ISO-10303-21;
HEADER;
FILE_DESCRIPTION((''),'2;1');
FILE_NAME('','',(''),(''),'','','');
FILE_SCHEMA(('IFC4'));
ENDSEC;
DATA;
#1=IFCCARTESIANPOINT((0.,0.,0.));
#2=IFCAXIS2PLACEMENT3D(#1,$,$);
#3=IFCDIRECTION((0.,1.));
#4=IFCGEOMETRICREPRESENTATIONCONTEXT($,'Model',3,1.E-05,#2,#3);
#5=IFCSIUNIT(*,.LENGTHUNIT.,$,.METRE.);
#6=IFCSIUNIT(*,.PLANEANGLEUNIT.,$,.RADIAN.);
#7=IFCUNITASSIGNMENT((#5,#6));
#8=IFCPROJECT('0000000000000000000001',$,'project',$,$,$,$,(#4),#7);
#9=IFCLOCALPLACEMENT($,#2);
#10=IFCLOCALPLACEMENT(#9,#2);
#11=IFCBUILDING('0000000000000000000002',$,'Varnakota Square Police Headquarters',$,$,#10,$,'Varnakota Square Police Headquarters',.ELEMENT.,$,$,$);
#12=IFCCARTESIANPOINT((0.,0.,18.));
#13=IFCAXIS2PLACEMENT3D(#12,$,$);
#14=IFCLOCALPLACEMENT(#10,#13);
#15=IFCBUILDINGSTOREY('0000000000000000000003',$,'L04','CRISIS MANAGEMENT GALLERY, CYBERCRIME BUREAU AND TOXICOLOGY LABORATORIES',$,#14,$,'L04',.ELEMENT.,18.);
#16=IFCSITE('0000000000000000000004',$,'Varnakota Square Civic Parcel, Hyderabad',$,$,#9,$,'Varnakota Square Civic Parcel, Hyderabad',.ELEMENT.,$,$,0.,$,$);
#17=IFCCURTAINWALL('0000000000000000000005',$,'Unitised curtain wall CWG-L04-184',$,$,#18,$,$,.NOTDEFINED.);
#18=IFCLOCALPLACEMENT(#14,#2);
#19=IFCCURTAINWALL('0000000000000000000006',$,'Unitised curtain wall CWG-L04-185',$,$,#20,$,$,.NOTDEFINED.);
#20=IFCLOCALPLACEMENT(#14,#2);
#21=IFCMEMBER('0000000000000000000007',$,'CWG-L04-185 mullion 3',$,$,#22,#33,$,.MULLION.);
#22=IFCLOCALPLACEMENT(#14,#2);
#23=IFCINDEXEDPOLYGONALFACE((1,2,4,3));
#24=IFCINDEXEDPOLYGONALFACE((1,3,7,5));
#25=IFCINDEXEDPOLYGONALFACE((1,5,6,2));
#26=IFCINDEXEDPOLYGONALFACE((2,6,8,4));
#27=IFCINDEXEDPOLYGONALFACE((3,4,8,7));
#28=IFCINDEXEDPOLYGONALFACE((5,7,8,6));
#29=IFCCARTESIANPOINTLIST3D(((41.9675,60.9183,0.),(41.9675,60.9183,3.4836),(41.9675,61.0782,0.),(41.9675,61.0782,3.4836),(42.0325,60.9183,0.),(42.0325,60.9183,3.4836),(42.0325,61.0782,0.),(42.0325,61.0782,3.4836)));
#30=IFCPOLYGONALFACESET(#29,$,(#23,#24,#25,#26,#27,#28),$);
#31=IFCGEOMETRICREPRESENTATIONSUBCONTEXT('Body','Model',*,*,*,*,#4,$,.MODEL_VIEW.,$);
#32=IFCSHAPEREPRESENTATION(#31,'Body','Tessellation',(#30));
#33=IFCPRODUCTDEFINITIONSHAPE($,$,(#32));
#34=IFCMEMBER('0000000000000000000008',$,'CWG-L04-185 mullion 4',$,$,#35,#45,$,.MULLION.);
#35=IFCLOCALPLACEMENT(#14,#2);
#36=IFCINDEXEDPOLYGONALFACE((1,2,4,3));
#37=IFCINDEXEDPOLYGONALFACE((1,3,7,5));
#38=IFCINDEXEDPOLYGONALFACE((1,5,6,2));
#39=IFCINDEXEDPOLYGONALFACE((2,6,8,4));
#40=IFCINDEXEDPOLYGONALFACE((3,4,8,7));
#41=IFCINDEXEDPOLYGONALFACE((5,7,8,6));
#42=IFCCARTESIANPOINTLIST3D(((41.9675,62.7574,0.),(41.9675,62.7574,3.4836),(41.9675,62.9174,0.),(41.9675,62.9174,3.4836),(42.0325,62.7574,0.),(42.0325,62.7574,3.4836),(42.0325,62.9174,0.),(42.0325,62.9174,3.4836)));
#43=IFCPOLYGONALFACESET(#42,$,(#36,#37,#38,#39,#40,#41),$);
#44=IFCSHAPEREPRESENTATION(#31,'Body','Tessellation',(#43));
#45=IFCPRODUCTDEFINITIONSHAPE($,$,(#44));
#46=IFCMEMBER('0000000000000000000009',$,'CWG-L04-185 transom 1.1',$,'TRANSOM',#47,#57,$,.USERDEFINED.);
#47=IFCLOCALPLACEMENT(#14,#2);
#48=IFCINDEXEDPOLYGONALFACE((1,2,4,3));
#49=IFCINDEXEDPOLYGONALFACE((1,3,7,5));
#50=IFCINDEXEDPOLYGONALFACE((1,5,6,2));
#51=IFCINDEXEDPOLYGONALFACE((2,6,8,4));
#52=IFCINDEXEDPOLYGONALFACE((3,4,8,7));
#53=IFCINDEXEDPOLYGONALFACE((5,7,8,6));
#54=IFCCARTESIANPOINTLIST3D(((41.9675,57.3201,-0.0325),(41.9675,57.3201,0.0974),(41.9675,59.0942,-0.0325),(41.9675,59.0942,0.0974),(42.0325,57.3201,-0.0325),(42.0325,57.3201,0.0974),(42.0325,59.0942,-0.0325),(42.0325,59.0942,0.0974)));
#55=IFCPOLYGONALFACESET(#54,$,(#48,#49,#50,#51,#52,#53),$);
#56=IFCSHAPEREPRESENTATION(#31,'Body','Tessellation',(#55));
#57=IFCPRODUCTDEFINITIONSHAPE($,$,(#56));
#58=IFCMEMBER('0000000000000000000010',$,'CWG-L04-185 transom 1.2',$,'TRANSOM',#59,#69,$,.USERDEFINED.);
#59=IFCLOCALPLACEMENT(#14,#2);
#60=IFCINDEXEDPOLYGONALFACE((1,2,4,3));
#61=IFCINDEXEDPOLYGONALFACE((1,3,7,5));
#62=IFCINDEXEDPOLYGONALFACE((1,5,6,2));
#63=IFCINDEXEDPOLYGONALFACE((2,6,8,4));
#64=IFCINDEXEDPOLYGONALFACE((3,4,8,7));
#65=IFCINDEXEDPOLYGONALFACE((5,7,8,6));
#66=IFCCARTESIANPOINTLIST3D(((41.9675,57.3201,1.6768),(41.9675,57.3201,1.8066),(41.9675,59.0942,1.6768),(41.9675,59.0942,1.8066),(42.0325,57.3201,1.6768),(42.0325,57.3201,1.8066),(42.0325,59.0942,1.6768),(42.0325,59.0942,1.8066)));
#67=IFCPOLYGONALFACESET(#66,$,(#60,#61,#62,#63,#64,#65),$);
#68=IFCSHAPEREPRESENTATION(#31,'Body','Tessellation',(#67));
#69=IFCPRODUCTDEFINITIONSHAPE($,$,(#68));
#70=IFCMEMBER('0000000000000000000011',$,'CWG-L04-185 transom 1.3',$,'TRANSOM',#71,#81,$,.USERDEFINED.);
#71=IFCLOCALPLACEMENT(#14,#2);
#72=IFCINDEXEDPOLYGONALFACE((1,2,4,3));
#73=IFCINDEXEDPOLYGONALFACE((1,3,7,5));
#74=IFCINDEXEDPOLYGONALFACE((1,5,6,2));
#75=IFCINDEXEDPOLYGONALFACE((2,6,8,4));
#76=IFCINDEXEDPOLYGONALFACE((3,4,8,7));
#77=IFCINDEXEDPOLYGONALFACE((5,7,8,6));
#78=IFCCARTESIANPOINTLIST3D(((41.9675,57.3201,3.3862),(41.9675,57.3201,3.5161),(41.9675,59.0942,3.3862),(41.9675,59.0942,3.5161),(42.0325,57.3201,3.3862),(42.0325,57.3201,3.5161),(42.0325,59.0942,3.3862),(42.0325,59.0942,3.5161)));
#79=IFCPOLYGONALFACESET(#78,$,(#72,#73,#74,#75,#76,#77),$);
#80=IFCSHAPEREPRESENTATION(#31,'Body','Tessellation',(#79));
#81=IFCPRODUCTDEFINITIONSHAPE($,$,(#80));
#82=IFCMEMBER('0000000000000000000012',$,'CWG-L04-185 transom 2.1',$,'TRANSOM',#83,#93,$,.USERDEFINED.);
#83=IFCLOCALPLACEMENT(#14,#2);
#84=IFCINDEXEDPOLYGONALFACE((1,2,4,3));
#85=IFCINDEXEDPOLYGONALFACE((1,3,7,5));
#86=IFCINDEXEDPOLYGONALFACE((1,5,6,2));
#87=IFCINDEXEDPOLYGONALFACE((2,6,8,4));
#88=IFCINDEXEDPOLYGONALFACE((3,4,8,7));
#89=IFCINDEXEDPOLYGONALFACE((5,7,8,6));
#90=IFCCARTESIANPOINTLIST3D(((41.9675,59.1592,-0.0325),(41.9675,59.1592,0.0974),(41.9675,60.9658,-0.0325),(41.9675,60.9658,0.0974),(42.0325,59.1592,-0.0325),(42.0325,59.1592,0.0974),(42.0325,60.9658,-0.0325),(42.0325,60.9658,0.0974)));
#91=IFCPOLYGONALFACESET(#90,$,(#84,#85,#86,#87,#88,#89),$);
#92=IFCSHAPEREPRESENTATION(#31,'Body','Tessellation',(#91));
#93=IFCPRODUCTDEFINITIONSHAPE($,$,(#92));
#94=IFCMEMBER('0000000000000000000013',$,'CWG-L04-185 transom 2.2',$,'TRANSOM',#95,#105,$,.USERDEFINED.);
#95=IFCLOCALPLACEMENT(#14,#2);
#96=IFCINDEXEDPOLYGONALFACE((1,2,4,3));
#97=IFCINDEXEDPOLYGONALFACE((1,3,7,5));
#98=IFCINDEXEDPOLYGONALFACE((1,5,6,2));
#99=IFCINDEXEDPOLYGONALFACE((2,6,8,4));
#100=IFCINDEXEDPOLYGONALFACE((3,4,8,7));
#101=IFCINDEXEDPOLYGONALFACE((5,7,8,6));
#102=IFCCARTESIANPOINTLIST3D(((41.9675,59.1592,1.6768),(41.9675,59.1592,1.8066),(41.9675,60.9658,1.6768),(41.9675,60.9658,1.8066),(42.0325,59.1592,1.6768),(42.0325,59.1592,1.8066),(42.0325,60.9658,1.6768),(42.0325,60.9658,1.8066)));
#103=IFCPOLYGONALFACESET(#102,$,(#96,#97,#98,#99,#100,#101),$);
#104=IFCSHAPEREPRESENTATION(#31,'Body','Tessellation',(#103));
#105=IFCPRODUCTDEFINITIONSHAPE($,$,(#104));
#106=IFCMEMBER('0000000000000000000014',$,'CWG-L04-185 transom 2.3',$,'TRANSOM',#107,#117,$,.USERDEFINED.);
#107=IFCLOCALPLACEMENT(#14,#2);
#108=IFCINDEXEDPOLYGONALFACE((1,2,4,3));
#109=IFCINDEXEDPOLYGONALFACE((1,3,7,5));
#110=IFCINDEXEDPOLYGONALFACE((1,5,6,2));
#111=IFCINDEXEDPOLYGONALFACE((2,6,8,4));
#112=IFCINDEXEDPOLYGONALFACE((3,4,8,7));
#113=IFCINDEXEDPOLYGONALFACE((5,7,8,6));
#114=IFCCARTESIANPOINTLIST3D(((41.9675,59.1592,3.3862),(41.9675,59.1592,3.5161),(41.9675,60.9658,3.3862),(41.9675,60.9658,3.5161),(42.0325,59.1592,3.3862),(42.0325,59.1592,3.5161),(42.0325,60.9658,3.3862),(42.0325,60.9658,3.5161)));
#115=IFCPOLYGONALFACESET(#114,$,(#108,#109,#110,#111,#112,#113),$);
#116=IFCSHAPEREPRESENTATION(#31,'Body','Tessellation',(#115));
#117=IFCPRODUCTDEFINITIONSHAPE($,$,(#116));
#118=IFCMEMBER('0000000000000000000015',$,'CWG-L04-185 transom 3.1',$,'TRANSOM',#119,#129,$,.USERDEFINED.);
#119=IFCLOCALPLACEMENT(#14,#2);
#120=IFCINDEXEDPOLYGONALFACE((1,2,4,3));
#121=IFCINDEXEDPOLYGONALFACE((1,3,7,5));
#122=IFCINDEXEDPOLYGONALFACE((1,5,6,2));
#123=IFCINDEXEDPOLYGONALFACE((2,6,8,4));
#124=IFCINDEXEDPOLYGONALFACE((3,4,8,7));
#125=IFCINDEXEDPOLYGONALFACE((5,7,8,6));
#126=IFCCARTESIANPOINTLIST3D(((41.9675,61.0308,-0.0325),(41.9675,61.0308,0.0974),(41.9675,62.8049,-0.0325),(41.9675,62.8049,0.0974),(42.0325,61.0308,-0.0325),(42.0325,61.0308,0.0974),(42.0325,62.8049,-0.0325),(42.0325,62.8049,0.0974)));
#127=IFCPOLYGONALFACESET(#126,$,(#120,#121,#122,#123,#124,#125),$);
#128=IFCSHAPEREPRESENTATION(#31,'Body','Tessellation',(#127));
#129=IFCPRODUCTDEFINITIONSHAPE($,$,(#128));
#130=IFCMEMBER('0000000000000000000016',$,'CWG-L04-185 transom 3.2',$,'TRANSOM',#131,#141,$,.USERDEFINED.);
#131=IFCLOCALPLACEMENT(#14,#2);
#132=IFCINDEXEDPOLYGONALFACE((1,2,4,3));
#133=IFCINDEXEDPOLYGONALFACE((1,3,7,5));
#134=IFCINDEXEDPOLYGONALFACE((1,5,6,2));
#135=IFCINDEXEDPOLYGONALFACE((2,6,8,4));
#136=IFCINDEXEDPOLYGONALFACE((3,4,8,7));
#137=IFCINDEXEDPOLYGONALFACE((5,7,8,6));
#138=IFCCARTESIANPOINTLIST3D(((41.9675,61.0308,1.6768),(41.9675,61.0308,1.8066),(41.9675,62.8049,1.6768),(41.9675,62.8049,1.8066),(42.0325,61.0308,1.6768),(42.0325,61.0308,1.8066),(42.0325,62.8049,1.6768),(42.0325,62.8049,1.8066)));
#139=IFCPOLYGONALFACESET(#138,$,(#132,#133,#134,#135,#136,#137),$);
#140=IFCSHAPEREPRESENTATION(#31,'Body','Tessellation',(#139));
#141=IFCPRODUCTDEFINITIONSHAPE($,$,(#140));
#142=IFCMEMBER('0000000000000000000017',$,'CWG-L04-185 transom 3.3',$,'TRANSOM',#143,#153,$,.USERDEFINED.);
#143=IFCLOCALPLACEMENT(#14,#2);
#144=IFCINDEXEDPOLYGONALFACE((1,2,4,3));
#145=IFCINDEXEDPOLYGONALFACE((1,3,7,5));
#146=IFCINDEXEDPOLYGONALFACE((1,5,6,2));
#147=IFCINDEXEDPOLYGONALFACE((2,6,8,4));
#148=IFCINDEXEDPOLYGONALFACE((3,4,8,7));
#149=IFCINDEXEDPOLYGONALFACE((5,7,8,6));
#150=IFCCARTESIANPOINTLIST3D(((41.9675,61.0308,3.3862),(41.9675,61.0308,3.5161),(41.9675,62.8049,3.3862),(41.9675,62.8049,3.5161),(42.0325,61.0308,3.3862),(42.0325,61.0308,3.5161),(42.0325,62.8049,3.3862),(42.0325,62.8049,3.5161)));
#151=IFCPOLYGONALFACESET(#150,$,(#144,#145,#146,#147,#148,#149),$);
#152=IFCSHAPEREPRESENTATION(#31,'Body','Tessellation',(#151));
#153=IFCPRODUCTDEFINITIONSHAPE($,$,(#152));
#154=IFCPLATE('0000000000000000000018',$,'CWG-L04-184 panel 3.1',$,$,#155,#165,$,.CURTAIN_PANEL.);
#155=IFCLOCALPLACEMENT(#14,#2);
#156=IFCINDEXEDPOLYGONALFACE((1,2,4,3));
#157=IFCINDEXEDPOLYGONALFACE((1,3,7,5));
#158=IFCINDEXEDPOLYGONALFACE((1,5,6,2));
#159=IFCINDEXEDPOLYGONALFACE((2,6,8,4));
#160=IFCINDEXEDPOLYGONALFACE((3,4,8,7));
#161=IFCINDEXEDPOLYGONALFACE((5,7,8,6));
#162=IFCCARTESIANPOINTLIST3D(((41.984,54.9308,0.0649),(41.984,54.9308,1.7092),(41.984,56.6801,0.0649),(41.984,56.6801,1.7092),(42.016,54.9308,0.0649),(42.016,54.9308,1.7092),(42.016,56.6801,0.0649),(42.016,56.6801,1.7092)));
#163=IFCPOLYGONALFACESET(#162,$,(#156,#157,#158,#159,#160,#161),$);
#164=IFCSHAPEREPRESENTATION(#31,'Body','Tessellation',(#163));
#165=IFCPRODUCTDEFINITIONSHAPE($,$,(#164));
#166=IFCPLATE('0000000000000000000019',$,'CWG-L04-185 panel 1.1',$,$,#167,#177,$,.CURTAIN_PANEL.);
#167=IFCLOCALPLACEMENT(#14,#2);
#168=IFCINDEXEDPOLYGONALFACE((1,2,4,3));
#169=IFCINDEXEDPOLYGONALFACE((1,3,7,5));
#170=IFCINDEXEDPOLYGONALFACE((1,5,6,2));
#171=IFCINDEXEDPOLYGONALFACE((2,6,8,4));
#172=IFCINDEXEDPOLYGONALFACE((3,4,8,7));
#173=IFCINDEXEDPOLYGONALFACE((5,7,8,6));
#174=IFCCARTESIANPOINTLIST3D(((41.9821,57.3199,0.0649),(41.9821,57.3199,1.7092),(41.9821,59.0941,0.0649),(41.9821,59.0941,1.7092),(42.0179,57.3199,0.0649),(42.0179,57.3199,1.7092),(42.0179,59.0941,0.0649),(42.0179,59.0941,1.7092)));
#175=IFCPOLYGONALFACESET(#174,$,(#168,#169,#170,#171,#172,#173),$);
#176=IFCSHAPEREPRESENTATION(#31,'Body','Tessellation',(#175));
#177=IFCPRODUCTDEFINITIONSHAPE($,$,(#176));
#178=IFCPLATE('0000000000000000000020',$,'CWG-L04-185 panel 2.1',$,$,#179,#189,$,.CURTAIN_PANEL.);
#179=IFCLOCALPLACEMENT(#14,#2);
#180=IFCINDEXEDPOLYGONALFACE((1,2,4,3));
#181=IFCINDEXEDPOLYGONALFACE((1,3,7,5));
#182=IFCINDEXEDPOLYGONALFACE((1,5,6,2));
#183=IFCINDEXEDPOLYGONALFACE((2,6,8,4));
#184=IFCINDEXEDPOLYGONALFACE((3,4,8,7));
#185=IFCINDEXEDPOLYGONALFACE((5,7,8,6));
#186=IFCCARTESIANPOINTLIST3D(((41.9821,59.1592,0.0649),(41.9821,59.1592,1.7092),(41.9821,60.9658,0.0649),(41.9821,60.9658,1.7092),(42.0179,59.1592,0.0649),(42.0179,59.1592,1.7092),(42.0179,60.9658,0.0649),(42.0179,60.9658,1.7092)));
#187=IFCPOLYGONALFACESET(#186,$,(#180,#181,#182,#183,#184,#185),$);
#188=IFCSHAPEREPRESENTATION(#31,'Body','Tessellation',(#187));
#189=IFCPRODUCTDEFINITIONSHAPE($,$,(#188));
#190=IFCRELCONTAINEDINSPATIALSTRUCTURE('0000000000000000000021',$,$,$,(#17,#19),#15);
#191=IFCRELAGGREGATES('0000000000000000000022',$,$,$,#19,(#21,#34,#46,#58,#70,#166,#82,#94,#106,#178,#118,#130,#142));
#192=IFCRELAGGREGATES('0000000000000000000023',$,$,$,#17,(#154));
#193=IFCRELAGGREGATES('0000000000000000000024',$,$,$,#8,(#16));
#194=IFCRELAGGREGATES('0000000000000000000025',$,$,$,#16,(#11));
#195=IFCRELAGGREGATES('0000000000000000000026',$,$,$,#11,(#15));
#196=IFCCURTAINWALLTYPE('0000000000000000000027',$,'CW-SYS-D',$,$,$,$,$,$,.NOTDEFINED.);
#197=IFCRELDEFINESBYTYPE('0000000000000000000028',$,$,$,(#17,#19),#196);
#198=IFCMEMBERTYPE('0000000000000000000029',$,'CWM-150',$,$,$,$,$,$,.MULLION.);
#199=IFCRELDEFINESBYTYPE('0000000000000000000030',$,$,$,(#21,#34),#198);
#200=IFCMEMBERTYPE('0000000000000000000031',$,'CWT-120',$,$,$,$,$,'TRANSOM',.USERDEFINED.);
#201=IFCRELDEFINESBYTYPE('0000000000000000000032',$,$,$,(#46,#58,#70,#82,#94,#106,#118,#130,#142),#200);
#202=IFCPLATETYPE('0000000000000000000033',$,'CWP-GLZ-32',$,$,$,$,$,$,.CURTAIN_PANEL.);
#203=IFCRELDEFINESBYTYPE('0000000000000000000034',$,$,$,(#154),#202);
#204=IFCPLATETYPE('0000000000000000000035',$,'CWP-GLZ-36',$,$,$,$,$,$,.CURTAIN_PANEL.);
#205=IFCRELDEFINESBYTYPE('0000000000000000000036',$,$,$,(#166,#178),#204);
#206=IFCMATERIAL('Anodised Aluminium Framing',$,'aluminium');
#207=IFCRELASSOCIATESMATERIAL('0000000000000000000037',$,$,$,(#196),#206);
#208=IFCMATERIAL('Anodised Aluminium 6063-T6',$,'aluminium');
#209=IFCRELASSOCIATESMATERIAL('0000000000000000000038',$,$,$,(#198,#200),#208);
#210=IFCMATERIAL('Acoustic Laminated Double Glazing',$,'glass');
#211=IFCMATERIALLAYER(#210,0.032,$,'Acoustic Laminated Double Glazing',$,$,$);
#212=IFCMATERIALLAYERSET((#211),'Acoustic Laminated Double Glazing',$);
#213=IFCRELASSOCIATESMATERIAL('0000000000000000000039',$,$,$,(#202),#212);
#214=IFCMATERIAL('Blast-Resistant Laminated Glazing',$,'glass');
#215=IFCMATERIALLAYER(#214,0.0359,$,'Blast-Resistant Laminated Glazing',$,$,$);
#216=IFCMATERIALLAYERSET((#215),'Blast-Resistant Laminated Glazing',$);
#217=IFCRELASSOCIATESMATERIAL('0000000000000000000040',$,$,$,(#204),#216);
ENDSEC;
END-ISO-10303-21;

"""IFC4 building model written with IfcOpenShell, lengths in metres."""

from ifc_helpers import new_model, si_unit, direction, frame, origin, origin_2d, place, context, subcontext, project, spatial, rectangle, extrude, material, layer, layer_set, material_profile, profile_set, type_object, element, aggregate, save


model = new_model("IFC4")

# Units and contexts
model_context = context("Model", 3, precision=1e-05, world=origin(), true_north=direction((0.0, 1.0)))
body_context = subcontext(model_context, "Body", "Model", "MODEL_VIEW")
ifc_project = project(units=[si_unit("LENGTHUNIT", "METRE"), si_unit("PLANEANGLEUNIT", "RADIAN")], contexts=[model_context])

# Site, building, storey
site_placement = place(None, origin())
site = spatial("IfcSite", under=ifc_project, at=site_placement, Name="Varnakota Square Civic Parcel, Hyderabad", LongName="Varnakota Square Civic Parcel, Hyderabad", CompositionType="ELEMENT", RefElevation=0.0)
building_placement = place(site_placement, origin())
building = spatial("IfcBuilding", under=site, at=building_placement, Name="Varnakota Square Police Headquarters", LongName="Varnakota Square Police Headquarters", CompositionType="ELEMENT")
storey_placement = place(building_placement, frame((0.0, 0.0, 18.0)))
storey = spatial("IfcBuildingStorey", under=building, at=storey_placement, Name="L04", Description="CRISIS MANAGEMENT GALLERY, CYBERCRIME BUREAU AND TOXICOLOGY LABORATORIES", LongName="L04", CompositionType="ELEMENT", Elevation=18.0)

# Curtain wall
ifc_material_1 = material(Name="Anodised Aluminium Framing", Category="aluminium")
curtain_wall_type = type_object("IfcCurtainWallType", Name="CW-SYS-D", PredefinedType="NOTDEFINED", material=ifc_material_1)
curtain_wall_1_placement = place(storey_placement, origin())
curtain_wall_1 = element("IfcCurtainWall", 1, at=curtain_wall_1_placement, inside=storey, type_object=curtain_wall_type, Name="Unitised curtain wall CWG-L04-184", PredefinedType="NOTDEFINED")
ifc_material_2 = material(Name="Anodised Aluminium 6063-T6", Category="aluminium")
ifc_material_profile_1 = material_profile(ifc_material_2, rectangle(XDim=0.0649, YDim=0.1599, at=origin_2d()), Name="ALU MULLION 65x160")
ifc_profile_set_1 = profile_set([ifc_material_profile_1], Name="Anodised Aluminium 6063-T6")
member_type_1 = type_object("IfcMemberType", Name="CWM-150", PredefinedType="MULLION", material=ifc_profile_set_1)

# Curtain wall, members
curtain_wall_2_placement = place(storey_placement, origin())
curtain_wall_2 = element("IfcCurtainWall", 2, at=curtain_wall_2_placement, inside=storey, type_object=curtain_wall_type, Name="Unitised curtain wall CWG-L04-185", PredefinedType="NOTDEFINED")
member_1_placement = place(storey_placement, frame((42.0, 60.9983, 0.0), z_axis=(0.0, 0.0, 1.0), x_axis=(-1.0, 0.0, 0.0)))
member_1 = element("IfcMember", 3, at=member_1_placement, type_object=member_type_1, Name="CWG-L04-185 mullion 3", PredefinedType="MULLION", context=body_context, shape_type="SweptSolid", body=[
    extrude(rectangle(XDim=0.0649, YDim=0.1599, at=origin_2d()), origin(), (0.0, 0.0, 1.0), 3.4836),
])
member_2_placement = place(storey_placement, frame((42.0, 62.8374, 0.0), z_axis=(0.0, 0.0, 1.0), x_axis=(-1.0, 0.0, 0.0)))
member_2 = element("IfcMember", 4, at=member_2_placement, type_object=member_type_1, Name="CWG-L04-185 mullion 4", PredefinedType="MULLION", context=body_context, shape_type="SweptSolid", body=[
    extrude(rectangle(XDim=0.0649, YDim=0.1599, at=origin_2d()), origin(), (0.0, 0.0, 1.0), 3.4836),
])
ifc_material_profile_2 = material_profile(ifc_material_2, rectangle(XDim=0.0649, YDim=0.1299, at=origin_2d()), Name="ALU TRANSOM 65x130")
ifc_profile_set_2 = profile_set([ifc_material_profile_2], Name="Anodised Aluminium 6063-T6")
member_type_2 = type_object("IfcMemberType", Name="CWT-120", ElementType="TRANSOM", PredefinedType="USERDEFINED", material=ifc_profile_set_2)
member_3_placement = place(storey_placement, frame((42.0, 57.3201, 0.0325), z_axis=(0.0, 1.0, 0.0), x_axis=(-1.0, 0.0, 0.0)))
member_3 = element("IfcMember", 5, at=member_3_placement, type_object=member_type_2, Name="CWG-L04-185 transom 1.1", ObjectType="TRANSOM", PredefinedType="USERDEFINED", context=body_context, shape_type="SweptSolid", body=[
    extrude(rectangle(XDim=0.0649, YDim=0.1299, at=origin_2d()), origin(), (0.0, 0.0, 1.0), 1.7742),
])
member_4_placement = place(storey_placement, frame((42.0, 57.3201, 1.7417), z_axis=(0.0, 1.0, 0.0), x_axis=(-1.0, 0.0, 0.0)))
member_4 = element("IfcMember", 6, at=member_4_placement, type_object=member_type_2, Name="CWG-L04-185 transom 1.2", ObjectType="TRANSOM", PredefinedType="USERDEFINED", context=body_context, shape_type="SweptSolid", body=[
    extrude(rectangle(XDim=0.0649, YDim=0.1299, at=origin_2d()), origin(), (0.0, 0.0, 1.0), 1.7742),
])
member_5_placement = place(storey_placement, frame((42.0, 57.3201, 3.4512), z_axis=(0.0, 1.0, 0.0), x_axis=(-1.0, 0.0, 0.0)))
member_5 = element("IfcMember", 7, at=member_5_placement, type_object=member_type_2, Name="CWG-L04-185 transom 1.3", ObjectType="TRANSOM", PredefinedType="USERDEFINED", context=body_context, shape_type="SweptSolid", body=[
    extrude(rectangle(XDim=0.0649, YDim=0.1299, at=origin_2d()), origin(), (0.0, 0.0, 1.0), 1.7742),
])
member_6_placement = place(storey_placement, frame((42.0, 59.1592, 0.0325), z_axis=(0.0, 1.0, 0.0), x_axis=(-1.0, 0.0, 0.0)))
member_6 = element("IfcMember", 8, at=member_6_placement, type_object=member_type_2, Name="CWG-L04-185 transom 2.1", ObjectType="TRANSOM", PredefinedType="USERDEFINED", context=body_context, shape_type="SweptSolid", body=[
    extrude(rectangle(XDim=0.0649, YDim=0.1299, at=origin_2d()), origin(), (0.0, 0.0, 1.0), 1.8066),
])
member_7_placement = place(storey_placement, frame((42.0, 59.1592, 1.7417), z_axis=(0.0, 1.0, 0.0), x_axis=(-1.0, 0.0, 0.0)))
member_7 = element("IfcMember", 9, at=member_7_placement, type_object=member_type_2, Name="CWG-L04-185 transom 2.2", ObjectType="TRANSOM", PredefinedType="USERDEFINED", context=body_context, shape_type="SweptSolid", body=[
    extrude(rectangle(XDim=0.0649, YDim=0.1299, at=origin_2d()), origin(), (0.0, 0.0, 1.0), 1.8066),
])
member_8_placement = place(storey_placement, frame((42.0, 59.1592, 3.4512), z_axis=(0.0, 1.0, 0.0), x_axis=(-1.0, 0.0, 0.0)))
member_8 = element("IfcMember", 10, at=member_8_placement, type_object=member_type_2, Name="CWG-L04-185 transom 2.3", ObjectType="TRANSOM", PredefinedType="USERDEFINED", context=body_context, shape_type="SweptSolid", body=[
    extrude(rectangle(XDim=0.0649, YDim=0.1299, at=origin_2d()), origin(), (0.0, 0.0, 1.0), 1.8066),
])
member_9_placement = place(storey_placement, frame((42.0, 61.0308, 0.0325), z_axis=(0.0, 1.0, 0.0), x_axis=(-1.0, 0.0, 0.0)))
member_9 = element("IfcMember", 11, at=member_9_placement, type_object=member_type_2, Name="CWG-L04-185 transom 3.1", ObjectType="TRANSOM", PredefinedType="USERDEFINED", context=body_context, shape_type="SweptSolid", body=[
    extrude(rectangle(XDim=0.0649, YDim=0.1299, at=origin_2d()), origin(), (0.0, 0.0, 1.0), 1.7742),
])
member_10_placement = place(storey_placement, frame((42.0, 61.0308, 1.7417), z_axis=(0.0, 1.0, 0.0), x_axis=(-1.0, 0.0, 0.0)))
member_10 = element("IfcMember", 12, at=member_10_placement, type_object=member_type_2, Name="CWG-L04-185 transom 3.2", ObjectType="TRANSOM", PredefinedType="USERDEFINED", context=body_context, shape_type="SweptSolid", body=[
    extrude(rectangle(XDim=0.0649, YDim=0.1299, at=origin_2d()), origin(), (0.0, 0.0, 1.0), 1.7742),
])
member_11_placement = place(storey_placement, frame((42.0, 61.0308, 3.4512), z_axis=(0.0, 1.0, 0.0), x_axis=(-1.0, 0.0, 0.0)))
member_11 = element("IfcMember", 13, at=member_11_placement, type_object=member_type_2, Name="CWG-L04-185 transom 3.3", ObjectType="TRANSOM", PredefinedType="USERDEFINED", context=body_context, shape_type="SweptSolid", body=[
    extrude(rectangle(XDim=0.0649, YDim=0.1299, at=origin_2d()), origin(), (0.0, 0.0, 1.0), 1.7742),
])

# Plates
ifc_material_3 = material(Name="Acoustic Laminated Double Glazing", Category="glass")
ifc_layer_1 = layer(ifc_material_3, 0.032, Name="Acoustic Laminated Double Glazing")
ifc_layer_set_1 = layer_set([ifc_layer_1], Name="Acoustic Laminated Double Glazing")
plate_type_1 = type_object("IfcPlateType", Name="CWP-GLZ-32", PredefinedType="CURTAIN_PANEL", material=ifc_layer_set_1)
plate_1_placement = place(storey_placement, frame((42.0, 55.8054, 0.0649), z_axis=(0.0, 0.0, 1.0), x_axis=(0.0, 1.0, 0.0)))
plate_1 = element("IfcPlate", 14, at=plate_1_placement, type_object=plate_type_1, Name="CWG-L04-184 panel 3.1", PredefinedType="CURTAIN_PANEL", context=body_context, shape_type="SweptSolid", body=[
    extrude(rectangle(XDim=1.7493, YDim=0.032, at=origin_2d()), origin(), (0.0, 0.0, 1.0), 1.6443),
])
ifc_material_4 = material(Name="Blast-Resistant Laminated Glazing", Category="glass")
ifc_layer_2 = layer(ifc_material_4, 0.0359, Name="Blast-Resistant Laminated Glazing")
ifc_layer_set_2 = layer_set([ifc_layer_2], Name="Blast-Resistant Laminated Glazing")
plate_type_2 = type_object("IfcPlateType", Name="CWP-GLZ-36", PredefinedType="CURTAIN_PANEL", material=ifc_layer_set_2)
plate_2_placement = place(storey_placement, frame((42.0, 58.207, 0.0649), z_axis=(0.0, 0.0, 1.0), x_axis=(0.0, 1.0, 0.0)))
plate_2 = element("IfcPlate", 15, at=plate_2_placement, type_object=plate_type_2, Name="CWG-L04-185 panel 1.1", PredefinedType="CURTAIN_PANEL", context=body_context, shape_type="SweptSolid", body=[
    extrude(rectangle(XDim=1.7742, YDim=0.0359, at=origin_2d()), origin(), (0.0, 0.0, 1.0), 1.6443),
])
plate_3_placement = place(storey_placement, frame((42.0, 60.0625, 0.0649), z_axis=(0.0, 0.0, 1.0), x_axis=(0.0, 1.0, 0.0)))
plate_3 = element("IfcPlate", 16, at=plate_3_placement, type_object=plate_type_2, Name="CWG-L04-185 panel 2.1", PredefinedType="CURTAIN_PANEL", context=body_context, shape_type="SweptSolid", body=[
    extrude(rectangle(XDim=1.8066, YDim=0.0359, at=origin_2d()), origin(), (0.0, 0.0, 1.0), 1.6443),
])
aggregate(curtain_wall_2, [member_1, member_2, member_3, member_4, member_5, plate_2, member_6, member_7, member_8, plate_3, member_9, member_10, member_11])
aggregate(curtain_wall_1, [plate_1])

save(model, "model.ifc")
